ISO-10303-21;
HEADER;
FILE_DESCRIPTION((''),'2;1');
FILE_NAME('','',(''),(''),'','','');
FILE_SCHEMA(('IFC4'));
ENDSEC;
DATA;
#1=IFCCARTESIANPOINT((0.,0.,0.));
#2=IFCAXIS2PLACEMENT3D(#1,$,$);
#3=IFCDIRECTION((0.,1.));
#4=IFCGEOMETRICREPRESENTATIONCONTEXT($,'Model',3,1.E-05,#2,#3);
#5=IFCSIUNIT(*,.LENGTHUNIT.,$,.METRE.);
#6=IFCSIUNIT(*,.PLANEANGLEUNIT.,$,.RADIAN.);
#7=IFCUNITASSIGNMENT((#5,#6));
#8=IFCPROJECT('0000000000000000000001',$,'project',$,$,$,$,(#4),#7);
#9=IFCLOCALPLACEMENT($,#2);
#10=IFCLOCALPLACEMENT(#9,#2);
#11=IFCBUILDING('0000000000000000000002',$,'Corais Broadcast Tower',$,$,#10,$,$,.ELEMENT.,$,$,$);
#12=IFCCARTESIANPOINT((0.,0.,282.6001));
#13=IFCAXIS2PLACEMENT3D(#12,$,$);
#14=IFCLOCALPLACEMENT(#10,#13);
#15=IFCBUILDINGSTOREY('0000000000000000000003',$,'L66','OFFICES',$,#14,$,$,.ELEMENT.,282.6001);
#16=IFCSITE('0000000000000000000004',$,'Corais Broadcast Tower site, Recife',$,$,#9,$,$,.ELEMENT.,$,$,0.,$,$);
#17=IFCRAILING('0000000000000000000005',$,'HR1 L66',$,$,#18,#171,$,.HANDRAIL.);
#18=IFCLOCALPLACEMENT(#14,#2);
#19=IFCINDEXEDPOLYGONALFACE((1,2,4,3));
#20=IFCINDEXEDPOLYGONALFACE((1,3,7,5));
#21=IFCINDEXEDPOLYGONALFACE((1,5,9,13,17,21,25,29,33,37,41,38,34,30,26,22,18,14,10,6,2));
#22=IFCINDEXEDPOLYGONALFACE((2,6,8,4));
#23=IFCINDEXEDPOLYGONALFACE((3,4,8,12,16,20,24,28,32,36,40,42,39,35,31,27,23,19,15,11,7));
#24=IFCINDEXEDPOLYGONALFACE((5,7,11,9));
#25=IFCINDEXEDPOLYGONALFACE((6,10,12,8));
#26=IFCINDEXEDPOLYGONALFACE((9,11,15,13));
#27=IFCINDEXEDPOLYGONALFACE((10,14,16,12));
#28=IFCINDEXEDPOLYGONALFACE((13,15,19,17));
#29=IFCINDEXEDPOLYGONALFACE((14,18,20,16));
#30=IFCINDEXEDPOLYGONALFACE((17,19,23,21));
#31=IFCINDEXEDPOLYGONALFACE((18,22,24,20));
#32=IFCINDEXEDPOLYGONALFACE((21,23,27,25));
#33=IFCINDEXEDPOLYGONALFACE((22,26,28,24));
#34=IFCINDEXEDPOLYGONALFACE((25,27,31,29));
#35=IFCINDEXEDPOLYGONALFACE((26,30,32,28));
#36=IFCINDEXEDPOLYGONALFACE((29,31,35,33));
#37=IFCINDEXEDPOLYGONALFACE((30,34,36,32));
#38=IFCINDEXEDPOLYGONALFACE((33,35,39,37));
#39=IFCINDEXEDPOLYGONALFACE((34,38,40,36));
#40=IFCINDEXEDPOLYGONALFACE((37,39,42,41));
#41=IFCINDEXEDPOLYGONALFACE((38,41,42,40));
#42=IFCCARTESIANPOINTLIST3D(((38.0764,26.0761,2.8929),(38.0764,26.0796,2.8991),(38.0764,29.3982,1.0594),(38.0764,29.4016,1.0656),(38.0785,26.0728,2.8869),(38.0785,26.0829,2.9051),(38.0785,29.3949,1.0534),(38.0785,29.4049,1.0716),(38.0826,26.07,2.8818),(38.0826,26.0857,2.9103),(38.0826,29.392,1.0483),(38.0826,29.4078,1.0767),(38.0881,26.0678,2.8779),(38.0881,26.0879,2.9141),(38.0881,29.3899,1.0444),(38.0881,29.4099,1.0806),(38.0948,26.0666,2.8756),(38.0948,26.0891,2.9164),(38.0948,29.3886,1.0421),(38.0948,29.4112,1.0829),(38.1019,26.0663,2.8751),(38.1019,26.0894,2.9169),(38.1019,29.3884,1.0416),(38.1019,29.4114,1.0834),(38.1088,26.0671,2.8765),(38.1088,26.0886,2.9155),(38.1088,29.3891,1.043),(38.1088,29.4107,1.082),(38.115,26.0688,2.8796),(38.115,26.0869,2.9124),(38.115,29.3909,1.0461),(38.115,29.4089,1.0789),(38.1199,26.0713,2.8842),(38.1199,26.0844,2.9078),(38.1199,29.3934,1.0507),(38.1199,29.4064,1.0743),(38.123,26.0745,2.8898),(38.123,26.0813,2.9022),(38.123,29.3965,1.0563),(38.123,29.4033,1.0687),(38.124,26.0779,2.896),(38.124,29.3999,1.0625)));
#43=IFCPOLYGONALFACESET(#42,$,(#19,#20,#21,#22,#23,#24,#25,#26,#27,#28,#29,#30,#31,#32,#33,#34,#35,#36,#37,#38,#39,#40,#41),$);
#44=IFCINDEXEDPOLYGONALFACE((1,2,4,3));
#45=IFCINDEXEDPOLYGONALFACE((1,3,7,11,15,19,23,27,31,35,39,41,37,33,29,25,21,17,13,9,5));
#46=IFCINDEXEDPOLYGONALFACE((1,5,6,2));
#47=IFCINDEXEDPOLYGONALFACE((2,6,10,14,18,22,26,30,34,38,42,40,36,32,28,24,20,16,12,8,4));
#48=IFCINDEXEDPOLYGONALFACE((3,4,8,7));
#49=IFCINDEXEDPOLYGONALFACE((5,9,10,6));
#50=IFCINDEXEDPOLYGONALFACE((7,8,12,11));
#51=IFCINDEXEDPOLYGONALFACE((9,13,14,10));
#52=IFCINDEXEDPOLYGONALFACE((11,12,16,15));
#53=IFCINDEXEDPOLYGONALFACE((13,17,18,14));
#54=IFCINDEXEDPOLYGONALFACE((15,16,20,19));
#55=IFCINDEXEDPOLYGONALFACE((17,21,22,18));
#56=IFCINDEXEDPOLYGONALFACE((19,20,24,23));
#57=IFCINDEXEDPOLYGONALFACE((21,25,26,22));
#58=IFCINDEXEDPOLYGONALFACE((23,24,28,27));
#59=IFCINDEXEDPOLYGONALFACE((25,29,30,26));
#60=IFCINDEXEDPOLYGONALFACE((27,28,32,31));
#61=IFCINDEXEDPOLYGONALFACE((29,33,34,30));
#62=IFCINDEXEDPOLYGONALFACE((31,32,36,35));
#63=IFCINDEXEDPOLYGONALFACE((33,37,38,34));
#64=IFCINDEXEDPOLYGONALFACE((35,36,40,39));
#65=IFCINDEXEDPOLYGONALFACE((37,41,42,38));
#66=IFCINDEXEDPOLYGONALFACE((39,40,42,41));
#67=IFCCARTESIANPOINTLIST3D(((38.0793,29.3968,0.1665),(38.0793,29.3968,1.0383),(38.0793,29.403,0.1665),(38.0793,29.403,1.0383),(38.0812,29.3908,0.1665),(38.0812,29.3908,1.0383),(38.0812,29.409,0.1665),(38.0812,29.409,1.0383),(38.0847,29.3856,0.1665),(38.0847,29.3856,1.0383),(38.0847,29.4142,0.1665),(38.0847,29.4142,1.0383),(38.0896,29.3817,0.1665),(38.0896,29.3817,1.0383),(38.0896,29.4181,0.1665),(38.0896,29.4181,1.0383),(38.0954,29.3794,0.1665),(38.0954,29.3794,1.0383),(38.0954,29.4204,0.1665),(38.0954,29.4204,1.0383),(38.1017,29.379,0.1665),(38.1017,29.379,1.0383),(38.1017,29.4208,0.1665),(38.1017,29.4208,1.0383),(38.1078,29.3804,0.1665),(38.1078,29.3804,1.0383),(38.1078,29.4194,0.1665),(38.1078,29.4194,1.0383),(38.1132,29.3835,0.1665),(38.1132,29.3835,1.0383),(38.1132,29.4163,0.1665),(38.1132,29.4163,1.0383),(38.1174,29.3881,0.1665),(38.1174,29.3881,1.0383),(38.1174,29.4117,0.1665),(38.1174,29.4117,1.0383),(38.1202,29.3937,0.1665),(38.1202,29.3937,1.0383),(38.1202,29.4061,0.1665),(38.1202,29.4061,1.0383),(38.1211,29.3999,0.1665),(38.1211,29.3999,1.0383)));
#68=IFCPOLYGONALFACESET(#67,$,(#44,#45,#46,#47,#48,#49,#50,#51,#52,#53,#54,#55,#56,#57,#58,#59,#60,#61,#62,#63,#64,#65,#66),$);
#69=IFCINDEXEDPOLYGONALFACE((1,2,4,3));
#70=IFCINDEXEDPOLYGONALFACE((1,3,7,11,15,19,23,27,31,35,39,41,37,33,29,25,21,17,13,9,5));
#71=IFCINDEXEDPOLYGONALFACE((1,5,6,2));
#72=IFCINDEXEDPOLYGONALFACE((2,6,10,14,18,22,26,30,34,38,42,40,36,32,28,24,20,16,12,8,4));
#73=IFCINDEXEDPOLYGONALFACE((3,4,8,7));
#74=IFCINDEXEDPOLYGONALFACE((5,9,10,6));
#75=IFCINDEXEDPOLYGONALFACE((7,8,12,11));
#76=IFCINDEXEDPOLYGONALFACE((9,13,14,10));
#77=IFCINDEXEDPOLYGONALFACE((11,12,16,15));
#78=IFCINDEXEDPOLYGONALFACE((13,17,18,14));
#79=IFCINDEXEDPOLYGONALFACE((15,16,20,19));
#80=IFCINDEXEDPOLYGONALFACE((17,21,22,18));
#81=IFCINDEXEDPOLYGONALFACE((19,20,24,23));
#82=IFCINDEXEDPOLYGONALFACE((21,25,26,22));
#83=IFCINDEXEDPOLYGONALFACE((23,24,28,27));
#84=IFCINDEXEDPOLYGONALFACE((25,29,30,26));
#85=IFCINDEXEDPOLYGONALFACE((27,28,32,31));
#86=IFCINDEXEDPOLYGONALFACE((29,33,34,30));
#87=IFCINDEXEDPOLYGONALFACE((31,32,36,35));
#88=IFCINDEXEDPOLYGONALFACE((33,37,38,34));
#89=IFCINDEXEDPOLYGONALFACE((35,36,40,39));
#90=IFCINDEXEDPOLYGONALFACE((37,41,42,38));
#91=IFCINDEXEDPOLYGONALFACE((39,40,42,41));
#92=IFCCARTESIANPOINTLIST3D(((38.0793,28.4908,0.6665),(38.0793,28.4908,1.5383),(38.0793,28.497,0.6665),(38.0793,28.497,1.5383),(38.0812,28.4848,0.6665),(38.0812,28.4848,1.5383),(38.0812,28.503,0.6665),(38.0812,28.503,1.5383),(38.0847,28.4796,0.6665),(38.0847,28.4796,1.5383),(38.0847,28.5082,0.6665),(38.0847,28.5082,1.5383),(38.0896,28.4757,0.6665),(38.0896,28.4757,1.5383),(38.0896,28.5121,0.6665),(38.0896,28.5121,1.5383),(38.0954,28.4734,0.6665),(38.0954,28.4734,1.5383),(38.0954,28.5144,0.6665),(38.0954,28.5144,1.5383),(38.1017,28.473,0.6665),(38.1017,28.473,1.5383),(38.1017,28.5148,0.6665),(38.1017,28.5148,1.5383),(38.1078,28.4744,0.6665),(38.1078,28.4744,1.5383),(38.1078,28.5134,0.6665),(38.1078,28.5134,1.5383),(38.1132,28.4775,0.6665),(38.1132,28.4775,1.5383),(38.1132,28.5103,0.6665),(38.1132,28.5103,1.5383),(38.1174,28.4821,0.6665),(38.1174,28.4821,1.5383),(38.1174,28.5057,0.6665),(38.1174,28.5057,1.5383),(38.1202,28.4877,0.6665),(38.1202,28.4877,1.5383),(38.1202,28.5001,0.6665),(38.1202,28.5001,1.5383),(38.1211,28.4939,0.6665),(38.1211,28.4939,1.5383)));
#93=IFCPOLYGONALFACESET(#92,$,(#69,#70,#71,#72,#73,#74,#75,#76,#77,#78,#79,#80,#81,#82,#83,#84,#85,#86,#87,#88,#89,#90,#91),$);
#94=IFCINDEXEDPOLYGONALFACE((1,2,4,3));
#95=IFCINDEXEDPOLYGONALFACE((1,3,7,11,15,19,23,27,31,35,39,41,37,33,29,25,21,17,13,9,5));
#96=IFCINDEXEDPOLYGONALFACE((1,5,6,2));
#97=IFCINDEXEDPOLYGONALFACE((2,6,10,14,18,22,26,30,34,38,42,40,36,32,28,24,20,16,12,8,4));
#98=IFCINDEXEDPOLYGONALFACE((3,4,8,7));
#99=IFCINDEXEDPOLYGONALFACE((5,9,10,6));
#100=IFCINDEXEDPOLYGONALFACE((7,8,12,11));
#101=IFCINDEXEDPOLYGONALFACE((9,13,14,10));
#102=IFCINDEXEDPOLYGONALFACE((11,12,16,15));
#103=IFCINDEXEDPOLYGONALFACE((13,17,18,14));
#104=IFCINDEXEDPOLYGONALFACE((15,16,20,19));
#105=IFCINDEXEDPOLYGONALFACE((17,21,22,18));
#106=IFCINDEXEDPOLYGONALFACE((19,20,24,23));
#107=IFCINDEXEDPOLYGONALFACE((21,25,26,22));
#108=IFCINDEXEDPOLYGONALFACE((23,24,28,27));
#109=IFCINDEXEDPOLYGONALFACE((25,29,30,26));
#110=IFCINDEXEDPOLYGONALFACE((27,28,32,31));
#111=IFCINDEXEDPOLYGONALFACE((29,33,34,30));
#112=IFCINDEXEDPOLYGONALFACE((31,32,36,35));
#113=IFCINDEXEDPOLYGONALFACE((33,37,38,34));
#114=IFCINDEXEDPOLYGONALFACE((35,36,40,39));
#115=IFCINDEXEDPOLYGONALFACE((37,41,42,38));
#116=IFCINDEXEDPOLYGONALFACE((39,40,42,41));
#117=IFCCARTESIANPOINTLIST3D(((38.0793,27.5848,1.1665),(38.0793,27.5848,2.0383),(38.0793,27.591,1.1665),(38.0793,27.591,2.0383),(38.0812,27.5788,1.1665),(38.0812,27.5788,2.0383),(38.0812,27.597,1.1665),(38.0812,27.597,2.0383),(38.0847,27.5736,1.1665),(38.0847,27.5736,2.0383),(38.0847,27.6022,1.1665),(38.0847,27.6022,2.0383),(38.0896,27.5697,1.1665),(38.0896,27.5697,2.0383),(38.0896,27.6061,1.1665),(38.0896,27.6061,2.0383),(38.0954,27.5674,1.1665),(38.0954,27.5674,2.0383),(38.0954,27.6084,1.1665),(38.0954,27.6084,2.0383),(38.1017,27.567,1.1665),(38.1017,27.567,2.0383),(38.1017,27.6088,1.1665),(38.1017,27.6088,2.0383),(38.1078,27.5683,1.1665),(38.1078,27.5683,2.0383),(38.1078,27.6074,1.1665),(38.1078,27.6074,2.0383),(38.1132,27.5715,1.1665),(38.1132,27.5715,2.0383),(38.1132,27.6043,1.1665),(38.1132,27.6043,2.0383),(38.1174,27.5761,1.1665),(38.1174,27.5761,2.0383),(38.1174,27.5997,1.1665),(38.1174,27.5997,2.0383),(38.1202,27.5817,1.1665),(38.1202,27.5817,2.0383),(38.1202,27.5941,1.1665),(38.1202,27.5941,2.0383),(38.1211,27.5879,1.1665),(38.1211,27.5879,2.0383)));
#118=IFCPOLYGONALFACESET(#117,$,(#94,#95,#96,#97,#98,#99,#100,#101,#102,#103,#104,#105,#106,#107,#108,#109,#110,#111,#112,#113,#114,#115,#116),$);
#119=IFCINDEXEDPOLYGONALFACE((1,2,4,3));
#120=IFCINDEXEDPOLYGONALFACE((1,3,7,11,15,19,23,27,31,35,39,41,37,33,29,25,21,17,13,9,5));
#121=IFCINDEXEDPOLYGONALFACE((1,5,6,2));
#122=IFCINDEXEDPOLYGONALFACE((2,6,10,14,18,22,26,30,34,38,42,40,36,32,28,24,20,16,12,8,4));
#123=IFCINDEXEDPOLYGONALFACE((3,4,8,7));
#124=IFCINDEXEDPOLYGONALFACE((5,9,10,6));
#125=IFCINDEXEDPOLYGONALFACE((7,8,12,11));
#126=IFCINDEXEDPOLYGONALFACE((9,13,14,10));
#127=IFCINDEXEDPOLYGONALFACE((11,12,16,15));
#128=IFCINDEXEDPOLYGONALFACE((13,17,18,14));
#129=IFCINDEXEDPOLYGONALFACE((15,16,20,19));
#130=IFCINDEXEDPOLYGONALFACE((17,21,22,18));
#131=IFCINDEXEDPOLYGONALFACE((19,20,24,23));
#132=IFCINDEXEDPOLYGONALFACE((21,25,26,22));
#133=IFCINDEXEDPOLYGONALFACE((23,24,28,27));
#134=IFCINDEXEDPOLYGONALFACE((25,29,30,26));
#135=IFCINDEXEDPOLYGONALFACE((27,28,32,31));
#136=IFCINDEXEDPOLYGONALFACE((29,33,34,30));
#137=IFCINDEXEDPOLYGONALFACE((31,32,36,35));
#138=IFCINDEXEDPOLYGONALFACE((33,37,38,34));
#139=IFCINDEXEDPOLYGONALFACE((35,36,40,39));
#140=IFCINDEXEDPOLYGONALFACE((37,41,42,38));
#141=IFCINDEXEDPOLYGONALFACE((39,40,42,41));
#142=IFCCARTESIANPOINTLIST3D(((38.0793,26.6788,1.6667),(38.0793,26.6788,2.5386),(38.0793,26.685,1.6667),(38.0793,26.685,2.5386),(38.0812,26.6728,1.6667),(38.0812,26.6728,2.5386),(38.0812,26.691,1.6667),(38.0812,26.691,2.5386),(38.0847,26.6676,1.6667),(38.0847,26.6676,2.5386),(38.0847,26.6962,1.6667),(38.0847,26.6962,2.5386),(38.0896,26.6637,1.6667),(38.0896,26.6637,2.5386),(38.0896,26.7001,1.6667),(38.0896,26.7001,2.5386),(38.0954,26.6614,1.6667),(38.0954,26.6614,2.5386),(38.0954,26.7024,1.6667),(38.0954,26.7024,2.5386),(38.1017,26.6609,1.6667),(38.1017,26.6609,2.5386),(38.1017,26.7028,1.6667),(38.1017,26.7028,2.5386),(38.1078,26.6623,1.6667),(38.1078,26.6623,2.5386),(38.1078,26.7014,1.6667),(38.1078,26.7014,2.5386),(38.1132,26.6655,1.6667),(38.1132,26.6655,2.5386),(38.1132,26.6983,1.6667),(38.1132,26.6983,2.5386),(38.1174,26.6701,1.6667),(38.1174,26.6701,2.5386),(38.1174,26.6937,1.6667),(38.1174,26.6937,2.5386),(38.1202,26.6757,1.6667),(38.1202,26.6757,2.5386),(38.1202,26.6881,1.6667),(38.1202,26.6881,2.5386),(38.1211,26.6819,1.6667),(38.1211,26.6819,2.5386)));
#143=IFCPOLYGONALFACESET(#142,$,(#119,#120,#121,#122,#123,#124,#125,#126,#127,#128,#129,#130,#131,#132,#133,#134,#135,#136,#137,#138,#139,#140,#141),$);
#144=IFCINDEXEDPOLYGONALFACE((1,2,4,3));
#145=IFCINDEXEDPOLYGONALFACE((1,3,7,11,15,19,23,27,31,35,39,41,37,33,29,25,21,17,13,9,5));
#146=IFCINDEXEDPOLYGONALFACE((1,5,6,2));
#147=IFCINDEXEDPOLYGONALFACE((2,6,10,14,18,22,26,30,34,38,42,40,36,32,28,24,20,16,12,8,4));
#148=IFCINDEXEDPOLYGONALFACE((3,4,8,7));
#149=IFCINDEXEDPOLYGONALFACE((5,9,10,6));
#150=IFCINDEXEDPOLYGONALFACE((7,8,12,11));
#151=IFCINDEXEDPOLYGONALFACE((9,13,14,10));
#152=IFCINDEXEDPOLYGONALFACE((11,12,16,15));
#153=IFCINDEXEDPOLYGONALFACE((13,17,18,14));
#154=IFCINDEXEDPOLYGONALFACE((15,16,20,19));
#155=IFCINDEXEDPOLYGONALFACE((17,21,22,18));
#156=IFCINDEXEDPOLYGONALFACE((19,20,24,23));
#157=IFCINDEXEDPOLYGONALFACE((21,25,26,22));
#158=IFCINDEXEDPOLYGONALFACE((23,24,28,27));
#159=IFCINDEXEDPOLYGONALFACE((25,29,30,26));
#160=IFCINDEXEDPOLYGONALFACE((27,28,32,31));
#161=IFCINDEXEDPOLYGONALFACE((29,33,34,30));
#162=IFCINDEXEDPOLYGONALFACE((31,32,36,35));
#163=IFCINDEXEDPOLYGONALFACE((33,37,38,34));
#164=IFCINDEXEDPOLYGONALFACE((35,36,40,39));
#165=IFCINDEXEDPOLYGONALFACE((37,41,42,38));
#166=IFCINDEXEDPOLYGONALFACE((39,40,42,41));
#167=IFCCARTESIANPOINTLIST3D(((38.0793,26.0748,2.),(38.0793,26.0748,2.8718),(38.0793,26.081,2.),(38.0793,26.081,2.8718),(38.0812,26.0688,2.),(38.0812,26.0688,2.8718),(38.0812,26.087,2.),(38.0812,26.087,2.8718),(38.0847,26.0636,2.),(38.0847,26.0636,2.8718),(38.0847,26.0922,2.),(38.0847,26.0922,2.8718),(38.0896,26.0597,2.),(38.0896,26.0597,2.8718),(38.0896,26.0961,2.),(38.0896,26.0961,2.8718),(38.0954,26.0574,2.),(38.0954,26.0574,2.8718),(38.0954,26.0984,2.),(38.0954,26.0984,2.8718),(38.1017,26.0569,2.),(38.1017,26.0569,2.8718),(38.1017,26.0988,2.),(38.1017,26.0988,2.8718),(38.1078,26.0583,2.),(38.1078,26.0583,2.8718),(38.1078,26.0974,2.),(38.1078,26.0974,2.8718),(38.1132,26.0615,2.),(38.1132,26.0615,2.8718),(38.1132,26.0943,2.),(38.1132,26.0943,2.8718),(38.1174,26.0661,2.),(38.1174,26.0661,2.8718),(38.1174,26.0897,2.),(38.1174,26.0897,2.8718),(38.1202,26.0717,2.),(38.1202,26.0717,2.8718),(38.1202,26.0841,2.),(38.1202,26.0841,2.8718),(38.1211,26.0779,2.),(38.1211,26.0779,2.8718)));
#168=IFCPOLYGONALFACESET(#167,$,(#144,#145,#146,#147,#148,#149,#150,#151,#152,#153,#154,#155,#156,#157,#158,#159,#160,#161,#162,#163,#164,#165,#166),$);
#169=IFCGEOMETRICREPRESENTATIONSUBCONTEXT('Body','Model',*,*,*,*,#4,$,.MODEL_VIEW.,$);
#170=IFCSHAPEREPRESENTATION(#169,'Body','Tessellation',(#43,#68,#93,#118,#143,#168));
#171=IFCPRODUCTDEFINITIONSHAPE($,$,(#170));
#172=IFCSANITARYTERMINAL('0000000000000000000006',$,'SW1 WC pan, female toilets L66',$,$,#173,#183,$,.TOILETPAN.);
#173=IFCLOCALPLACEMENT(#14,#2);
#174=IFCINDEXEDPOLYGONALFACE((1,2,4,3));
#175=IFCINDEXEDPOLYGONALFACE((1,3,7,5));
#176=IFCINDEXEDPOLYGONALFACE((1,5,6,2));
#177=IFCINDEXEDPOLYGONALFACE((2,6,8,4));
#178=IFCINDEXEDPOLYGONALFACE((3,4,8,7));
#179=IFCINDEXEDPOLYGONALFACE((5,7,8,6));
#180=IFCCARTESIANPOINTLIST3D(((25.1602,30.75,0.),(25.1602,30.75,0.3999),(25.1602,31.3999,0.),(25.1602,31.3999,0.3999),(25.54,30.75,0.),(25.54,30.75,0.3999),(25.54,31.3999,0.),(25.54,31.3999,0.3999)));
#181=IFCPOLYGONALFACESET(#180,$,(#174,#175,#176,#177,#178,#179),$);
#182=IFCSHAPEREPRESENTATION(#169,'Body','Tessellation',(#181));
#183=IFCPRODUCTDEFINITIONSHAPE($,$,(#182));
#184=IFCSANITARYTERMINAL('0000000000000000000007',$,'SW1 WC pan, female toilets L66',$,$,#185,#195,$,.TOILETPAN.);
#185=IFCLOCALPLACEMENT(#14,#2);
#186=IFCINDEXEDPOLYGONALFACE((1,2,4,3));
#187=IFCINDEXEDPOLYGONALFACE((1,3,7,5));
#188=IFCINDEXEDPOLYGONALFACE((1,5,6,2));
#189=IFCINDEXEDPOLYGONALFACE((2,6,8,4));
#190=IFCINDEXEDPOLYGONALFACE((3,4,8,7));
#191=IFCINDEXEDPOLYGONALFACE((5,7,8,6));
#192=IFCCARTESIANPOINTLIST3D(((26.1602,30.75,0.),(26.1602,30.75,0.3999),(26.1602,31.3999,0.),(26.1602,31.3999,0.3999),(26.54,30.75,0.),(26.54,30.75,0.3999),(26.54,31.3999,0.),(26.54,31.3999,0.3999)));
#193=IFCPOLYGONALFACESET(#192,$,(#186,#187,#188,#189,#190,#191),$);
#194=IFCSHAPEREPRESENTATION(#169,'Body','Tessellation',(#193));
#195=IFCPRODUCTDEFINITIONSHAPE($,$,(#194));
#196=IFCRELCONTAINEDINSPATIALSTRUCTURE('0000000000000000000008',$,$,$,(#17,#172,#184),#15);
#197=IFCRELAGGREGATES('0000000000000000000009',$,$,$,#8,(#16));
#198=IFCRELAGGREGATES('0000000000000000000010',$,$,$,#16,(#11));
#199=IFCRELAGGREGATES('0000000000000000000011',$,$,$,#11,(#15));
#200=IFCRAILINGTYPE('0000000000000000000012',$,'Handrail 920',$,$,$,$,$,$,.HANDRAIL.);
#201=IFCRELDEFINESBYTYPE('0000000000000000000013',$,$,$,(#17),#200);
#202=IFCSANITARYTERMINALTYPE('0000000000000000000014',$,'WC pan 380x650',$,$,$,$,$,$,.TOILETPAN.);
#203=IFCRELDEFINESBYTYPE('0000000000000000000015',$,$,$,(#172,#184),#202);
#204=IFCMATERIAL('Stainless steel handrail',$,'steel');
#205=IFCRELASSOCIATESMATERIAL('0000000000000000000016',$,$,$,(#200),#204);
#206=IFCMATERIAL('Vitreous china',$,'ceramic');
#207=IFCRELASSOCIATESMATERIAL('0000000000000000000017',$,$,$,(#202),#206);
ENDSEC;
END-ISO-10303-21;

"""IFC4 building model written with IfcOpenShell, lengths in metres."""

from ifc_helpers import new_model, si_unit, direction, frame, origin, origin_2d, place, context, subcontext, project, spatial, rectangle, circle, extrude, material, type_object, element, save


model = new_model("IFC4")

# Units and contexts
model_context = context("Model", 3, precision=1e-05, world=origin(), true_north=direction((0.0, 1.0)))
body_context = subcontext(model_context, "Body", "Model", "MODEL_VIEW")
ifc_project = project(units=[si_unit("LENGTHUNIT", "METRE"), si_unit("PLANEANGLEUNIT", "RADIAN")], contexts=[model_context])

# Site, building, storey
site_placement = place(None, origin())
site = spatial("IfcSite", under=ifc_project, at=site_placement, Name="Corais Broadcast Tower site, Recife", CompositionType="ELEMENT", RefElevation=0.0)
building_placement = place(site_placement, origin())
building = spatial("IfcBuilding", under=site, at=building_placement, Name="Corais Broadcast Tower", CompositionType="ELEMENT")
storey_placement = place(building_placement, frame((0.0, 0.0, 282.6001)))
storey = spatial("IfcBuildingStorey", under=building, at=storey_placement, Name="L66", Description="OFFICES", CompositionType="ELEMENT", Elevation=282.6001)

# Railing
ifc_material_1 = material(Name="Stainless steel handrail", Category="steel")
railing_type = type_object("IfcRailingType", Name="Handrail 920", PredefinedType="HANDRAIL", material=ifc_material_1)
for number, where, name in (
    (1, (38.1001, 29.3999, 0.1665), "HR1 L66"),
):
    element("IfcRailing", number, at=place(storey_placement, frame(where)), inside=storey, type_object=railing_type, Name=name, PredefinedType="HANDRAIL", context=body_context, shape_type="SweptSolid", body=[
        extrude(circle(Radius=0.0239, at=origin_2d()), frame((0.0, 0.0, 0.896), z_axis=(0.0, -0.875504, 0.48321), x_axis=(1.0, 0.0, 0.0)), (0.0, 0.0, 1.0), 3.7944),
        extrude(circle(Radius=0.021, at=origin_2d()), origin(), (0.0, 0.0, 1.0), 0.8718),
        extrude(circle(Radius=0.021, at=origin_2d()), frame((0.0, -0.906, 0.5)), (0.0, 0.0, 1.0), 0.8718),
        extrude(circle(Radius=0.021, at=origin_2d()), frame((0.0, -1.812, 1.0)), (0.0, 0.0, 1.0), 0.8718),
        extrude(circle(Radius=0.021, at=origin_2d()), frame((0.0, -2.718, 1.5002)), (0.0, 0.0, 1.0), 0.8718),
        extrude(circle(Radius=0.021, at=origin_2d()), frame((0.0, -3.322, 1.8335)), (0.0, 0.0, 1.0), 0.8718),
    ])

# Sanitary terminals
ifc_material_2 = material(Name="Vitreous china", Category="ceramic")
sanitary_terminal_type = type_object("IfcSanitaryTerminalType", Name="WC pan 380x650", PredefinedType="TOILETPAN", material=ifc_material_2)
for number, where, z_axis, x_axis, name in (
    (2, (25.3501, 31.075, 0.0), (0.0, 0.0, 1.0), (1.0, 0.0, 0.0), "SW1 WC pan, female toilets L66"),
    (3, (26.3501, 31.075, 0.0), (0.0, 0.0, 1.0), (1.0, 0.0, 0.0), "SW1 WC pan, female toilets L66"),
):
    element("IfcSanitaryTerminal", number, at=place(storey_placement, frame(where, z_axis=z_axis, x_axis=x_axis)), inside=storey, type_object=sanitary_terminal_type, Name=name, PredefinedType="TOILETPAN", context=body_context, shape_type="SweptSolid", body=[
        extrude(rectangle(XDim=0.3799, YDim=0.6499, at=origin_2d()), origin(), (0.0, 0.0, 1.0), 0.3999),
    ])

save(model, "model.ifc")
